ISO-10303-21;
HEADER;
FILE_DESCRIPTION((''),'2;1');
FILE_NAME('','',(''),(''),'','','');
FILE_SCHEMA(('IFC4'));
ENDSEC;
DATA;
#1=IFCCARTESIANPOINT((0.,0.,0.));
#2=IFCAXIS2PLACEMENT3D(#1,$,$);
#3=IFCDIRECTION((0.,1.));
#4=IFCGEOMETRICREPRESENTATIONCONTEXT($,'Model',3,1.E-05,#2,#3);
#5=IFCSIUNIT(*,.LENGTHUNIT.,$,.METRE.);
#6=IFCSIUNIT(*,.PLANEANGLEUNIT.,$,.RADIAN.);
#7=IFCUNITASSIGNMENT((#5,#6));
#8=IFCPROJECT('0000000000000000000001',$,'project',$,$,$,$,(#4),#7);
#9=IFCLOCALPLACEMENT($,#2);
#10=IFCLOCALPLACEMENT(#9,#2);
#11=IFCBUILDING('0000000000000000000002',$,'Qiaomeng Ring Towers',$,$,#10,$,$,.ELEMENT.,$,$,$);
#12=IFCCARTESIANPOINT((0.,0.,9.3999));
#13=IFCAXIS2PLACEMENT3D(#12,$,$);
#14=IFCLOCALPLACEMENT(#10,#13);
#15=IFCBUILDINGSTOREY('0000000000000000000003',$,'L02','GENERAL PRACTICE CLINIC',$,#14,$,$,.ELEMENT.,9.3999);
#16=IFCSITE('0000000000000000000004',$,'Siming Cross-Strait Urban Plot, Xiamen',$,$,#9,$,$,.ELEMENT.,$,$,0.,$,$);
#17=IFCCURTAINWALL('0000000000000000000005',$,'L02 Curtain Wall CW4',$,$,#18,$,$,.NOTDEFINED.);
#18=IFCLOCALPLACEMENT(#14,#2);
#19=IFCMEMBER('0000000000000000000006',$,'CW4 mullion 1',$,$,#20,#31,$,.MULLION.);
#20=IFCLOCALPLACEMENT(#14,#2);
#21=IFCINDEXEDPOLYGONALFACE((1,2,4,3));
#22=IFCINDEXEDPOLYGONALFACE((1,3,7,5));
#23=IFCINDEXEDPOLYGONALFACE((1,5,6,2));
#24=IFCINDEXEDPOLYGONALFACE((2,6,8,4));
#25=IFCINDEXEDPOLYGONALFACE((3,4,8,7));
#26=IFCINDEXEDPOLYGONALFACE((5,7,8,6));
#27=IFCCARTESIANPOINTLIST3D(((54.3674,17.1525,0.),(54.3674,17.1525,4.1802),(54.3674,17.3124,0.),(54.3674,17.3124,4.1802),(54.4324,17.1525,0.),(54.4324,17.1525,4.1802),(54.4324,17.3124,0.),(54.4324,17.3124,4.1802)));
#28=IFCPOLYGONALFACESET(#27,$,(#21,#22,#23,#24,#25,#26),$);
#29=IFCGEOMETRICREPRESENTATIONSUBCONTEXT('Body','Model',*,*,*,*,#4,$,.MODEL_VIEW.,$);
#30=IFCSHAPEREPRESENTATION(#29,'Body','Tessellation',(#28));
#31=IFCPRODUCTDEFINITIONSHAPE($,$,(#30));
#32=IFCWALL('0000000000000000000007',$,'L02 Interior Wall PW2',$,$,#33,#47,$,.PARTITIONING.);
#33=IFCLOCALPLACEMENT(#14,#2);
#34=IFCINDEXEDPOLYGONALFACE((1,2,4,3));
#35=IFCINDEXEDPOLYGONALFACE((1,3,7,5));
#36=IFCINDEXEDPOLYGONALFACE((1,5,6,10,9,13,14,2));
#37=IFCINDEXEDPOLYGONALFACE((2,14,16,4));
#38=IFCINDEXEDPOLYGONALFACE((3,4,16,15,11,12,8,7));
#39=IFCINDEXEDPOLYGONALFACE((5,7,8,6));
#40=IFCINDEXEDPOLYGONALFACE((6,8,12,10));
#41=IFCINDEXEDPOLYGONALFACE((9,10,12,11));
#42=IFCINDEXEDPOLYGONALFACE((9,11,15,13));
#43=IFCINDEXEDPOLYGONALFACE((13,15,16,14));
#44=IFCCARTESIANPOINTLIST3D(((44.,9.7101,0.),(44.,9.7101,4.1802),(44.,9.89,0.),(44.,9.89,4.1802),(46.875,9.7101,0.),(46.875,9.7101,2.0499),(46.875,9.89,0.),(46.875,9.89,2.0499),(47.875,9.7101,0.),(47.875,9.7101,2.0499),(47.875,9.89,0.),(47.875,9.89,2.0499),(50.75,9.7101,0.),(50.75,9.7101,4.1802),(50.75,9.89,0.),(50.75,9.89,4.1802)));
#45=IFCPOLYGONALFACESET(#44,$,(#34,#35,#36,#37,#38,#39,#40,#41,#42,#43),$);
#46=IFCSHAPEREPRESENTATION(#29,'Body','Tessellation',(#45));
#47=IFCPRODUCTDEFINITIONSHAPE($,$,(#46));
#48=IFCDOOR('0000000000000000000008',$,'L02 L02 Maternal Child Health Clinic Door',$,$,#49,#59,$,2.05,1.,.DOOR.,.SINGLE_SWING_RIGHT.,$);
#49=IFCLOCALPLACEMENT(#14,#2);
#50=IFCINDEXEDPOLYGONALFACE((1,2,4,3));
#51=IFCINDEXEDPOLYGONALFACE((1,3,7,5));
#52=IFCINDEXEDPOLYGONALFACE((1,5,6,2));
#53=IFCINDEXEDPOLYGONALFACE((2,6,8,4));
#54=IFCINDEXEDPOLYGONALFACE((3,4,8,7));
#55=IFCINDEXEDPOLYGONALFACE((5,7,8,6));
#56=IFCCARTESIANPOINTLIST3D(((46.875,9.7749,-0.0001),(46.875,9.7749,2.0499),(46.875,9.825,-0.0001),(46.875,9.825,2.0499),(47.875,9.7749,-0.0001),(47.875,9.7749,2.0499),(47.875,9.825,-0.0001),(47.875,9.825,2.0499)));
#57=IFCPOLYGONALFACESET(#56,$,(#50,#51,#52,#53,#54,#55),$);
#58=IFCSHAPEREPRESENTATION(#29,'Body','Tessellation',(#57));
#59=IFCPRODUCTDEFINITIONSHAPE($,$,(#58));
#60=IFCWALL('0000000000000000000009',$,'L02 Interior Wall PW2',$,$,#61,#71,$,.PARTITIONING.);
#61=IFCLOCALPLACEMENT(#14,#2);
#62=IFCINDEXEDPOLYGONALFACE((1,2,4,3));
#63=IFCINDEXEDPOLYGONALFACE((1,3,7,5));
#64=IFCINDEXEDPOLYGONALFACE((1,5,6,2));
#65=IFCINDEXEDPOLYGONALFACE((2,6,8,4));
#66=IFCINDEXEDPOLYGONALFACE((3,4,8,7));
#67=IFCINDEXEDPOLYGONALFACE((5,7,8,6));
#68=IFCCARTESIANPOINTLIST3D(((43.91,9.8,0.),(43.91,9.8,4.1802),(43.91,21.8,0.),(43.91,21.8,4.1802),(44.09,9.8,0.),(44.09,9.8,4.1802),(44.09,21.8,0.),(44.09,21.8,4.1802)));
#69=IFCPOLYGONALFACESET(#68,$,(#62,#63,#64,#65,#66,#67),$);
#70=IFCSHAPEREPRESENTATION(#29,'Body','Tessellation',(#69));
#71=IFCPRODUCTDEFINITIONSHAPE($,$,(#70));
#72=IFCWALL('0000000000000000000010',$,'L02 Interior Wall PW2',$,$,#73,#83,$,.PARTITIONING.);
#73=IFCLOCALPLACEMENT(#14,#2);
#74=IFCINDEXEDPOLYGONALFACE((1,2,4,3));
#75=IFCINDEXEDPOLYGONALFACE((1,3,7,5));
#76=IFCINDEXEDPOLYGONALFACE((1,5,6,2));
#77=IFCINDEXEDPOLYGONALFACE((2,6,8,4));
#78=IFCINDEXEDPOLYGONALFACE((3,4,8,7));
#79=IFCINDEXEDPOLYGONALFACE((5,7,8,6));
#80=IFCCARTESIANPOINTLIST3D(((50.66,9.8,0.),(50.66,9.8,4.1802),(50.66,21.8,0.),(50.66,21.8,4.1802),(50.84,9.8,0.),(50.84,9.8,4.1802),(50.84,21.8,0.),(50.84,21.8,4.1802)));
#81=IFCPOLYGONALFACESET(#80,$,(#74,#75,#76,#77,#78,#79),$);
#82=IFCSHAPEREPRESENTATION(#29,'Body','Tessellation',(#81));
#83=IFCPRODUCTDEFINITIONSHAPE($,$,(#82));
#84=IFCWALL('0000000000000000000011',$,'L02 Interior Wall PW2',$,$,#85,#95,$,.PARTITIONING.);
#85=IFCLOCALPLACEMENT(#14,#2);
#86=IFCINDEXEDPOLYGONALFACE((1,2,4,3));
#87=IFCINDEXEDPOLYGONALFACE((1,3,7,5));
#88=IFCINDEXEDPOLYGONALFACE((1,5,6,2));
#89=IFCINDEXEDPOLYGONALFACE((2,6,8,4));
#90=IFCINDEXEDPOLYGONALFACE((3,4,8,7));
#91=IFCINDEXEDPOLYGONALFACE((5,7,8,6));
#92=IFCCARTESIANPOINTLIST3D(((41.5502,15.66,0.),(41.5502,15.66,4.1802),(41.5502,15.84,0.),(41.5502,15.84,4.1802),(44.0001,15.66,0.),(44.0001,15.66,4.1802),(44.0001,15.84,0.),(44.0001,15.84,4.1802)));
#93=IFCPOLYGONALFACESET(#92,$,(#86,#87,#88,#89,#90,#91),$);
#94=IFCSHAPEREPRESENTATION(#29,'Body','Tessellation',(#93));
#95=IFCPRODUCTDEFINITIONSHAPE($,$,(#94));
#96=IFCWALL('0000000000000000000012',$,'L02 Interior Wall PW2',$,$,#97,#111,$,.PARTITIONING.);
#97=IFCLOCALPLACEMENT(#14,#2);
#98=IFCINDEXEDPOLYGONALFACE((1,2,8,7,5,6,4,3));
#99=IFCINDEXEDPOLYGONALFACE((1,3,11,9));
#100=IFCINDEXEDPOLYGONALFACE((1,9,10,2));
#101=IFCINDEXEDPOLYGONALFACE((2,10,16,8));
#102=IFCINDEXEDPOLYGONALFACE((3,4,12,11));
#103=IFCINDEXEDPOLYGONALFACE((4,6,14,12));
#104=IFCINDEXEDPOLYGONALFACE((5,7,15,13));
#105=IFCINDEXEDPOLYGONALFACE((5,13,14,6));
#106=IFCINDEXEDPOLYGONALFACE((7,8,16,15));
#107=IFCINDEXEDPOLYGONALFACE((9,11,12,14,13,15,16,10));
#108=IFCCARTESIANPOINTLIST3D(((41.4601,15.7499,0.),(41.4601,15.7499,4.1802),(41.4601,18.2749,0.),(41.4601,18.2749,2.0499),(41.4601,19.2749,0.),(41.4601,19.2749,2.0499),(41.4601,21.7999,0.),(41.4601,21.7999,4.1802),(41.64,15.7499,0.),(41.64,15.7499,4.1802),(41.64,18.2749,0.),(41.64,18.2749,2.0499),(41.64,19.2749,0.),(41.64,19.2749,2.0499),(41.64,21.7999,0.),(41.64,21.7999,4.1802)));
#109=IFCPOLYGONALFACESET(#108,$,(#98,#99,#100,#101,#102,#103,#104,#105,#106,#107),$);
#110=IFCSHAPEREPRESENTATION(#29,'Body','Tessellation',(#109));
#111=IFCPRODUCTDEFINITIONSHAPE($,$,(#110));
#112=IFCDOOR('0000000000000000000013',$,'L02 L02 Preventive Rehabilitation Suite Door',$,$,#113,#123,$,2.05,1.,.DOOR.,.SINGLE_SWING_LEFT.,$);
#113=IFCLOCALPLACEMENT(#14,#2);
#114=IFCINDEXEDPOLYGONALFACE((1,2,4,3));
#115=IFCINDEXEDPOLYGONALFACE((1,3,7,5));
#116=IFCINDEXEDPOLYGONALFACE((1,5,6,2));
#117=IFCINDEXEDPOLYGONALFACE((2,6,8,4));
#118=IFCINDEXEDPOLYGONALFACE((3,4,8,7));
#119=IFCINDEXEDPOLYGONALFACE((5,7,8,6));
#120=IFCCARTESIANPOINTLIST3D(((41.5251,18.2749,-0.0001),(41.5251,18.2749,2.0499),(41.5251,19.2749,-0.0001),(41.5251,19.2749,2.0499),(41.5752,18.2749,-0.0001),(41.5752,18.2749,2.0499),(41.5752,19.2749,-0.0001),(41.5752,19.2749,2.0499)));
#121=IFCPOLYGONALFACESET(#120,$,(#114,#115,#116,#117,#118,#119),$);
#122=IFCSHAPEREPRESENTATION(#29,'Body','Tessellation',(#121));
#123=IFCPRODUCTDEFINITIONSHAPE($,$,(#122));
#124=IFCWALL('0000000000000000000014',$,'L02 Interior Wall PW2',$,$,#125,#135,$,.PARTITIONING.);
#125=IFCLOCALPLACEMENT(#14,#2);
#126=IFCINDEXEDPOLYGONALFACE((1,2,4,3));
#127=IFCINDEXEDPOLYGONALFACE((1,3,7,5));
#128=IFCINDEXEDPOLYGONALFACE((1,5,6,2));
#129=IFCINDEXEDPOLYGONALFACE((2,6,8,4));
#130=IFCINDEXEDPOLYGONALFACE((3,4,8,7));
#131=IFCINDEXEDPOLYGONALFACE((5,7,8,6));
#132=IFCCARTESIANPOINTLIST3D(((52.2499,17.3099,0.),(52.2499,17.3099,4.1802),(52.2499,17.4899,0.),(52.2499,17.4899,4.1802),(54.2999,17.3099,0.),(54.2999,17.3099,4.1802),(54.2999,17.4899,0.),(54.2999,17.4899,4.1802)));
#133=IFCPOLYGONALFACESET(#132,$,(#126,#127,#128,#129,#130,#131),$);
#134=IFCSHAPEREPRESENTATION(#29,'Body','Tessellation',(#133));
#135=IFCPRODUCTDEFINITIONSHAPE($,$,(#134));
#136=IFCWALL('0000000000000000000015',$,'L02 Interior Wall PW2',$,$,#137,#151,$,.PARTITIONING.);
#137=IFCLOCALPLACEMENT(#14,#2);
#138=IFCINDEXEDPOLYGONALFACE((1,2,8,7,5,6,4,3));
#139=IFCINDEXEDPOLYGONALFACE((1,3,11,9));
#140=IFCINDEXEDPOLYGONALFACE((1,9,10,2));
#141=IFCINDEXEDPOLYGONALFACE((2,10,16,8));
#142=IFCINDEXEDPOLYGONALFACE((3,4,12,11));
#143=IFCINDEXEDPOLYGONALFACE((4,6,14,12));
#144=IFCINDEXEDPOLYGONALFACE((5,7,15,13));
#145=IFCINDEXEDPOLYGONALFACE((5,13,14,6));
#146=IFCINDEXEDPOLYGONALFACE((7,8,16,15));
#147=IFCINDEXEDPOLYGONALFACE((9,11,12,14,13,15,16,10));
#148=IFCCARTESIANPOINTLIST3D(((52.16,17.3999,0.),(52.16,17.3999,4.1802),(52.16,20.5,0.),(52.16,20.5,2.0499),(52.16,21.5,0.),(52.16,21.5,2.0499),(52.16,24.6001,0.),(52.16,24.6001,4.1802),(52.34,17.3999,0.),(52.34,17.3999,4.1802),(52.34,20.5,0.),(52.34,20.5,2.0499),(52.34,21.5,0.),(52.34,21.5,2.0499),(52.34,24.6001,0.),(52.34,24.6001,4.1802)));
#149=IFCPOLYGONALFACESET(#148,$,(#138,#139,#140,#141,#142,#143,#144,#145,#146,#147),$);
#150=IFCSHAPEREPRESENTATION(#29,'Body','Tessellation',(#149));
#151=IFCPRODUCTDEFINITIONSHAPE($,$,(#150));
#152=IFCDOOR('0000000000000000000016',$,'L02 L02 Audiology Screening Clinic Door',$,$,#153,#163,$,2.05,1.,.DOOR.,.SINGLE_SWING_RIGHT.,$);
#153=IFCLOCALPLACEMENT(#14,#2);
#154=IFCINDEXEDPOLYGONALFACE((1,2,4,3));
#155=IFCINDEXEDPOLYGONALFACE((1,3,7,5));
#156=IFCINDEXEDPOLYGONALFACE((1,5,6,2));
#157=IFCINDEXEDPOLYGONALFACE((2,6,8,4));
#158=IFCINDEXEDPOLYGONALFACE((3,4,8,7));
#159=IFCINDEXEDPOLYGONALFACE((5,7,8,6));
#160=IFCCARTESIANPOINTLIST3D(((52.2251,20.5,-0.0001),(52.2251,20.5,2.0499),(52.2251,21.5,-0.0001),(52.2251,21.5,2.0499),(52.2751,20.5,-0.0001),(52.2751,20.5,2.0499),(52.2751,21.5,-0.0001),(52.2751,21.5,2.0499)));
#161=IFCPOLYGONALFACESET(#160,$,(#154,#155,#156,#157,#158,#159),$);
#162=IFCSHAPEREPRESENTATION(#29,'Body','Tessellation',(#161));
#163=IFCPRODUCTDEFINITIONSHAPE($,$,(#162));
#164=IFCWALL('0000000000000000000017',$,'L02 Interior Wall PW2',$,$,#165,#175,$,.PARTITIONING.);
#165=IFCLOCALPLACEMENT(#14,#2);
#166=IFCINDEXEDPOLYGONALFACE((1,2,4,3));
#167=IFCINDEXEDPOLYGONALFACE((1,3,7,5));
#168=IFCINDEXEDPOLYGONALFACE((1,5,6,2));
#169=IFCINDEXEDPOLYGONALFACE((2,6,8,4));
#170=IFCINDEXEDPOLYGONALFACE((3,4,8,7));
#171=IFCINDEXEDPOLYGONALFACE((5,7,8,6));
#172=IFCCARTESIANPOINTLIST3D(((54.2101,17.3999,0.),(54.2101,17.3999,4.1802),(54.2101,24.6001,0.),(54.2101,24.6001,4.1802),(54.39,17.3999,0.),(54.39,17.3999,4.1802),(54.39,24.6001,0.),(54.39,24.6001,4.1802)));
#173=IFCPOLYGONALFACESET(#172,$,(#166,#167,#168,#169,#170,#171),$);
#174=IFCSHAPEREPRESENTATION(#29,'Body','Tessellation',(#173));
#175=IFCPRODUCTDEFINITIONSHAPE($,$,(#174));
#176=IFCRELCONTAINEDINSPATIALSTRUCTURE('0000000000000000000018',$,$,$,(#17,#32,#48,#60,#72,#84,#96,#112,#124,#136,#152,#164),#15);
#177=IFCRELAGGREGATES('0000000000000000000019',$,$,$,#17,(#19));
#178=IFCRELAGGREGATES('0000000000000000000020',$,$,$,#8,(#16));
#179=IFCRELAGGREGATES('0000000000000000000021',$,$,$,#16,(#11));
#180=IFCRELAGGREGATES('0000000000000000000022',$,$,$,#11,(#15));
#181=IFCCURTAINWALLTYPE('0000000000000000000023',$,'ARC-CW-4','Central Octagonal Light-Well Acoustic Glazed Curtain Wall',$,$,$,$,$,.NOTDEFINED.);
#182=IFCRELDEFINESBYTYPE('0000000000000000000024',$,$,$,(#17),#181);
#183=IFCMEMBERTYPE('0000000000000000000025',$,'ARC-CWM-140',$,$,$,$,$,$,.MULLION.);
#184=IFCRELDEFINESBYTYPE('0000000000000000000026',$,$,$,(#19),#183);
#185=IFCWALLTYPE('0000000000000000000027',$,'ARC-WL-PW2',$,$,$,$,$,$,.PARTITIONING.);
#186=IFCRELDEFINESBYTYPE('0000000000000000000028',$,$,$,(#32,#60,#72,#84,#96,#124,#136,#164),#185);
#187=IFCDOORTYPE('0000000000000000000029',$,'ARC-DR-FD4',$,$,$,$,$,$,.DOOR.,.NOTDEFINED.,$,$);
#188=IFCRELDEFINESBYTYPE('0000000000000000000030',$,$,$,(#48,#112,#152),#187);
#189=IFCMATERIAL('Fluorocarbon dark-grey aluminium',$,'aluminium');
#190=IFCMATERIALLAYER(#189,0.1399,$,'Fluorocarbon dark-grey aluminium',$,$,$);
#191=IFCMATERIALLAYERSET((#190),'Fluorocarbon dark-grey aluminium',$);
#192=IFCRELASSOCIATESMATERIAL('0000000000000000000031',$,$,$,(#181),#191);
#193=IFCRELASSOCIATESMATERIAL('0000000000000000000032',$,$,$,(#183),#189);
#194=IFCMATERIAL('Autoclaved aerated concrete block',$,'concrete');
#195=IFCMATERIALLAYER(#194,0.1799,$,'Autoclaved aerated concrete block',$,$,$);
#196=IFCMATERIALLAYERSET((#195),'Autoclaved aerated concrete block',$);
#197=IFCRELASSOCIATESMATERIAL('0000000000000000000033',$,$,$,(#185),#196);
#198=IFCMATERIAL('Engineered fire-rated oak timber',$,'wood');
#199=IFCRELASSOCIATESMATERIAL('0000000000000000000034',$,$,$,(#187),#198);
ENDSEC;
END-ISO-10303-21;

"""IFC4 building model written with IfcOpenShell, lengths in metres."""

from ifc_helpers import new_model, si_unit, direction, frame, frame_2d, origin, origin_2d, place, context, subcontext, project, spatial, rectangle, extrude, source, transform, mapped, material, layer, layer_set, material_profile, profile_set, type_object, element, fill, aggregate, save


model = new_model("IFC4")

# Units and contexts
model_context = context("Model", 3, precision=1e-05, world=origin(), true_north=direction((0.0, 1.0)))
body_context = subcontext(model_context, "Body", "Model", "MODEL_VIEW")
ifc_project = project(units=[si_unit("LENGTHUNIT", "METRE"), si_unit("PLANEANGLEUNIT", "RADIAN")], contexts=[model_context])

# Site, building, storey
site_placement = place(None, origin())
site = spatial("IfcSite", under=ifc_project, at=site_placement, Name="Siming Cross-Strait Urban Plot, Xiamen", CompositionType="ELEMENT", RefElevation=0.0)
building_placement = place(site_placement, origin())
building = spatial("IfcBuilding", under=site, at=building_placement, Name="Qiaomeng Ring Towers", CompositionType="ELEMENT")
storey_placement = place(building_placement, frame((0.0, 0.0, 9.3999)))
storey = spatial("IfcBuildingStorey", under=building, at=storey_placement, Name="L02", Description="GENERAL PRACTICE CLINIC", CompositionType="ELEMENT", Elevation=9.3999)

# Curtain wall, member
ifc_material_1 = material(Name="Fluorocarbon dark-grey aluminium", Category="aluminium")
ifc_layer_1 = layer(ifc_material_1, 0.1399, Name="Fluorocarbon dark-grey aluminium")
ifc_layer_set_1 = layer_set([ifc_layer_1], Name="Fluorocarbon dark-grey aluminium")
curtain_wall_type = type_object("IfcCurtainWallType", Name="ARC-CW-4", Description="Central Octagonal Light-Well Acoustic Glazed Curtain Wall", PredefinedType="NOTDEFINED", material=ifc_layer_set_1)
curtain_wall_placement = place(storey_placement, origin())
curtain_wall = element("IfcCurtainWall", 1, at=curtain_wall_placement, inside=storey, type_object=curtain_wall_type, Name="L02 Curtain Wall CW4", PredefinedType="NOTDEFINED")
ifc_material_profile_1 = material_profile(ifc_material_1, rectangle(XDim=0.0649, YDim=0.1599, at=origin_2d()), Name="ALU MULL 65x160")
ifc_profile_set_1 = profile_set([ifc_material_profile_1], Name="Fluorocarbon dark-grey aluminium")
member_type = type_object("IfcMemberType", Name="ARC-CWM-140", PredefinedType="MULLION", material=ifc_profile_set_1)
shared_shape_1 = source(origin(), body_context, "Body", "SweptSolid", [
    extrude(rectangle(XDim=0.0649, YDim=0.1599, at=origin_2d()), origin(), (0.0, 0.0, 1.0), 4.1802),
])
member_placement = place(storey_placement, frame((54.3999, 17.2324, 0.0), z_axis=(0.0, 0.0, 1.0), x_axis=(-1.0, 0.0, 0.0)))
member = element("IfcMember", 2, at=member_placement, type_object=member_type, Name="CW4 mullion 1", PredefinedType="MULLION", context=body_context, shape_type="MappedRepresentation", body=[
    mapped(shared_shape_1, transform((0.0, 0.0, 0.0), x_axis=(1.0, 0.0, 0.0), y_axis=(0.0, 1.0, 0.0), z_axis=(0.0, 0.0, 1.0), scale=1.0)),
])
aggregate(curtain_wall, [member])

# Wall, opening, door
ifc_material_2 = material(Name="Autoclaved aerated concrete block", Category="concrete")
ifc_layer_2 = layer(ifc_material_2, 0.1799, Name="Autoclaved aerated concrete block")
ifc_layer_set_2 = layer_set([ifc_layer_2], Name="Autoclaved aerated concrete block")
wall_type_1 = type_object("IfcWallType", Name="ARC-WL-PW2", PredefinedType="PARTITIONING", material=ifc_layer_set_2)
wall_1_placement = place(storey_placement, frame((44.0, 9.8, 0.0), z_axis=(0.0, 0.0, 1.0), x_axis=(1.0, 0.0, 0.0)))
wall_1 = element("IfcWall", 3, at=wall_1_placement, inside=storey, type_object=wall_type_1, Name="L02 Interior Wall PW2", PredefinedType="PARTITIONING", context=body_context, shape_type="SweptSolid", body=[
    extrude(rectangle(XDim=6.75, YDim=0.1799, at=frame_2d((3.375, 0.0))), origin(), (0.0, 0.0, 1.0), 4.1802),
])
opening_1_placement = place(wall_1_placement, frame((2.875, 0.0, 0.0)))
opening_1 = element("IfcOpeningElement", 4, at=opening_1_placement, cuts=wall_1, PredefinedType="OPENING", context=body_context, shape_type="SweptSolid", body=[
    extrude(rectangle(XDim=1.0, YDim=2.05, at=frame_2d((0.5, 1.0249))), frame((0.0, 0.0999, 0.0), z_axis=(0.0, -1.0, 0.0), x_axis=(1.0, 0.0, 0.0)), (0.0, 0.0, 1.0), 0.2),
])
ifc_material_3 = material(Name="Engineered fire-rated oak timber", Category="wood")
door_type_1 = type_object("IfcDoorType", Name="ARC-DR-FD4", OperationType="NOTDEFINED", PredefinedType="DOOR", material=ifc_material_3)
shared_shape_2 = source(origin(), body_context, "Body", "SweptSolid", [
    extrude(rectangle(XDim=1.0, YDim=2.05, at=frame_2d((0.5, 1.0249))), frame((0.0, 0.0249, 0.0), z_axis=(0.0, -1.0, 0.0), x_axis=(1.0, 0.0, 0.0)), (0.0, 0.0, 1.0), 0.05),
])
door_1_placement = place(opening_1_placement, origin())
door_1 = element("IfcDoor", 5, at=door_1_placement, inside=storey, type_object=door_type_1, Name="L02 L02 Maternal Child Health Clinic Door", OperationType="SINGLE_SWING_RIGHT", OverallHeight=2.05, OverallWidth=1.0, PredefinedType="DOOR", context=body_context, shape_type="MappedRepresentation", body=[
    mapped(shared_shape_2, transform((0.0, 0.0, 0.0), x_axis=(1.0, 0.0, 0.0), y_axis=(0.0, 1.0, 0.0), z_axis=(0.0, 0.0, 1.0), scale=1.0)),
])
fill(opening_1, door_1)

# Walls
for number, where, z_axis, x_axis, name in (
    (6, (44.0, 9.8, 0.0), (0.0, 0.0, 1.0), (0.0, 1.0, 0.0), "L02 Interior Wall PW2"),
    (7, (50.75, 9.8, 0.0), (0.0, 0.0, 1.0), (0.0, 1.0, 0.0), "L02 Interior Wall PW2"),
):
    element("IfcWall", number, at=place(storey_placement, frame(where, z_axis=z_axis, x_axis=x_axis)), inside=storey, type_object=wall_type_1, Name=name, PredefinedType="PARTITIONING", context=body_context, shape_type="SweptSolid", body=[
        extrude(rectangle(XDim=12.0, YDim=0.1799, at=frame_2d((6.0, 0.0))), origin(), (0.0, 0.0, 1.0), 4.1802),
    ])
wall_2_placement = place(storey_placement, frame((41.55, 15.75, 0.0), z_axis=(0.0, 0.0, 1.0), x_axis=(1.0, 0.0, 0.0)))
element("IfcWall", 8, at=wall_2_placement, inside=storey, type_object=wall_type_1, Name="L02 Interior Wall PW2", PredefinedType="PARTITIONING", context=body_context, shape_type="SweptSolid", body=[
    extrude(rectangle(XDim=2.45, YDim=0.1799, at=frame_2d((1.2251, 0.0))), origin(), (0.0, 0.0, 1.0), 4.1802),
])

# Wall, opening, door
wall_3_placement = place(storey_placement, frame((41.55, 15.75, 0.0), z_axis=(0.0, 0.0, 1.0), x_axis=(0.0, 1.0, 0.0)))
wall_3 = element("IfcWall", 9, at=wall_3_placement, inside=storey, type_object=wall_type_1, Name="L02 Interior Wall PW2", PredefinedType="PARTITIONING", context=body_context, shape_type="SweptSolid", body=[
    extrude(rectangle(XDim=6.05, YDim=0.1799, at=frame_2d((3.0249, 0.0))), origin(), (0.0, 0.0, 1.0), 4.1802),
])
opening_2_placement = place(wall_3_placement, frame((2.5249, 0.0, 0.0)))
opening_2 = element("IfcOpeningElement", 10, at=opening_2_placement, cuts=wall_3, PredefinedType="OPENING", context=body_context, shape_type="SweptSolid", body=[
    extrude(rectangle(XDim=1.0, YDim=2.05, at=frame_2d((0.5, 1.0249))), frame((0.0, 0.0999, 0.0), z_axis=(0.0, -1.0, 0.0), x_axis=(1.0, 0.0, 0.0)), (0.0, 0.0, 1.0), 0.2),
])
door_2_placement = place(opening_2_placement, origin())
door_2 = element("IfcDoor", 11, at=door_2_placement, inside=storey, type_object=door_type_1, Name="L02 L02 Preventive Rehabilitation Suite Door", OperationType="SINGLE_SWING_LEFT", OverallHeight=2.05, OverallWidth=1.0, PredefinedType="DOOR", context=body_context, shape_type="MappedRepresentation", body=[
    mapped(shared_shape_2, transform((0.0, 0.0, 0.0), x_axis=(1.0, 0.0, 0.0), y_axis=(0.0, 1.0, 0.0), z_axis=(0.0, 0.0, 1.0), scale=1.0)),
])
fill(opening_2, door_2)

# Wall
wall_4_placement = place(storey_placement, frame((52.25, 17.3999, 0.0), z_axis=(0.0, 0.0, 1.0), x_axis=(1.0, 0.0, 0.0)))
element("IfcWall", 12, at=wall_4_placement, inside=storey, type_object=wall_type_1, Name="L02 Interior Wall PW2", PredefinedType="PARTITIONING", context=body_context, shape_type="SweptSolid", body=[
    extrude(rectangle(XDim=2.05, YDim=0.1799, at=frame_2d((1.0249, 0.0))), origin(), (0.0, 0.0, 1.0), 4.1802),
])

# Wall, opening, door
wall_5_placement = place(storey_placement, frame((52.25, 17.3999, 0.0), z_axis=(0.0, 0.0, 1.0), x_axis=(0.0, 1.0, 0.0)))
wall_5 = element("IfcWall", 13, at=wall_5_placement, inside=storey, type_object=wall_type_1, Name="L02 Interior Wall PW2", PredefinedType="PARTITIONING", context=body_context, shape_type="SweptSolid", body=[
    extrude(rectangle(XDim=7.2002, YDim=0.1799, at=frame_2d((3.6001, 0.0))), origin(), (0.0, 0.0, 1.0), 4.1802),
])
opening_3_placement = place(wall_5_placement, frame((3.1001, 0.0, 0.0)))
opening_3 = element("IfcOpeningElement", 14, at=opening_3_placement, cuts=wall_5, PredefinedType="OPENING", context=body_context, shape_type="SweptSolid", body=[
    extrude(rectangle(XDim=1.0, YDim=2.05, at=frame_2d((0.5, 1.0249))), frame((0.0, 0.0999, 0.0), z_axis=(0.0, -1.0, 0.0), x_axis=(1.0, 0.0, 0.0)), (0.0, 0.0, 1.0), 0.2),
])
door_3_placement = place(opening_3_placement, origin())
door_3 = element("IfcDoor", 15, at=door_3_placement, inside=storey, type_object=door_type_1, Name="L02 L02 Audiology Screening Clinic Door", OperationType="SINGLE_SWING_RIGHT", OverallHeight=2.05, OverallWidth=1.0, PredefinedType="DOOR", context=body_context, shape_type="MappedRepresentation", body=[
    mapped(shared_shape_2, transform((0.0, 0.0, 0.0), x_axis=(1.0, 0.0, 0.0), y_axis=(0.0, 1.0, 0.0), z_axis=(0.0, 0.0, 1.0), scale=1.0)),
])
fill(opening_3, door_3)

# Wall
wall_6_placement = place(storey_placement, frame((54.3, 17.3999, 0.0), z_axis=(0.0, 0.0, 1.0), x_axis=(0.0, 1.0, 0.0)))
element("IfcWall", 16, at=wall_6_placement, inside=storey, type_object=wall_type_1, Name="L02 Interior Wall PW2", PredefinedType="PARTITIONING", context=body_context, shape_type="SweptSolid", body=[
    extrude(rectangle(XDim=7.2002, YDim=0.1799, at=frame_2d((3.6001, 0.0))), origin(), (0.0, 0.0, 1.0), 4.1802),
])

save(model, "model.ifc")
